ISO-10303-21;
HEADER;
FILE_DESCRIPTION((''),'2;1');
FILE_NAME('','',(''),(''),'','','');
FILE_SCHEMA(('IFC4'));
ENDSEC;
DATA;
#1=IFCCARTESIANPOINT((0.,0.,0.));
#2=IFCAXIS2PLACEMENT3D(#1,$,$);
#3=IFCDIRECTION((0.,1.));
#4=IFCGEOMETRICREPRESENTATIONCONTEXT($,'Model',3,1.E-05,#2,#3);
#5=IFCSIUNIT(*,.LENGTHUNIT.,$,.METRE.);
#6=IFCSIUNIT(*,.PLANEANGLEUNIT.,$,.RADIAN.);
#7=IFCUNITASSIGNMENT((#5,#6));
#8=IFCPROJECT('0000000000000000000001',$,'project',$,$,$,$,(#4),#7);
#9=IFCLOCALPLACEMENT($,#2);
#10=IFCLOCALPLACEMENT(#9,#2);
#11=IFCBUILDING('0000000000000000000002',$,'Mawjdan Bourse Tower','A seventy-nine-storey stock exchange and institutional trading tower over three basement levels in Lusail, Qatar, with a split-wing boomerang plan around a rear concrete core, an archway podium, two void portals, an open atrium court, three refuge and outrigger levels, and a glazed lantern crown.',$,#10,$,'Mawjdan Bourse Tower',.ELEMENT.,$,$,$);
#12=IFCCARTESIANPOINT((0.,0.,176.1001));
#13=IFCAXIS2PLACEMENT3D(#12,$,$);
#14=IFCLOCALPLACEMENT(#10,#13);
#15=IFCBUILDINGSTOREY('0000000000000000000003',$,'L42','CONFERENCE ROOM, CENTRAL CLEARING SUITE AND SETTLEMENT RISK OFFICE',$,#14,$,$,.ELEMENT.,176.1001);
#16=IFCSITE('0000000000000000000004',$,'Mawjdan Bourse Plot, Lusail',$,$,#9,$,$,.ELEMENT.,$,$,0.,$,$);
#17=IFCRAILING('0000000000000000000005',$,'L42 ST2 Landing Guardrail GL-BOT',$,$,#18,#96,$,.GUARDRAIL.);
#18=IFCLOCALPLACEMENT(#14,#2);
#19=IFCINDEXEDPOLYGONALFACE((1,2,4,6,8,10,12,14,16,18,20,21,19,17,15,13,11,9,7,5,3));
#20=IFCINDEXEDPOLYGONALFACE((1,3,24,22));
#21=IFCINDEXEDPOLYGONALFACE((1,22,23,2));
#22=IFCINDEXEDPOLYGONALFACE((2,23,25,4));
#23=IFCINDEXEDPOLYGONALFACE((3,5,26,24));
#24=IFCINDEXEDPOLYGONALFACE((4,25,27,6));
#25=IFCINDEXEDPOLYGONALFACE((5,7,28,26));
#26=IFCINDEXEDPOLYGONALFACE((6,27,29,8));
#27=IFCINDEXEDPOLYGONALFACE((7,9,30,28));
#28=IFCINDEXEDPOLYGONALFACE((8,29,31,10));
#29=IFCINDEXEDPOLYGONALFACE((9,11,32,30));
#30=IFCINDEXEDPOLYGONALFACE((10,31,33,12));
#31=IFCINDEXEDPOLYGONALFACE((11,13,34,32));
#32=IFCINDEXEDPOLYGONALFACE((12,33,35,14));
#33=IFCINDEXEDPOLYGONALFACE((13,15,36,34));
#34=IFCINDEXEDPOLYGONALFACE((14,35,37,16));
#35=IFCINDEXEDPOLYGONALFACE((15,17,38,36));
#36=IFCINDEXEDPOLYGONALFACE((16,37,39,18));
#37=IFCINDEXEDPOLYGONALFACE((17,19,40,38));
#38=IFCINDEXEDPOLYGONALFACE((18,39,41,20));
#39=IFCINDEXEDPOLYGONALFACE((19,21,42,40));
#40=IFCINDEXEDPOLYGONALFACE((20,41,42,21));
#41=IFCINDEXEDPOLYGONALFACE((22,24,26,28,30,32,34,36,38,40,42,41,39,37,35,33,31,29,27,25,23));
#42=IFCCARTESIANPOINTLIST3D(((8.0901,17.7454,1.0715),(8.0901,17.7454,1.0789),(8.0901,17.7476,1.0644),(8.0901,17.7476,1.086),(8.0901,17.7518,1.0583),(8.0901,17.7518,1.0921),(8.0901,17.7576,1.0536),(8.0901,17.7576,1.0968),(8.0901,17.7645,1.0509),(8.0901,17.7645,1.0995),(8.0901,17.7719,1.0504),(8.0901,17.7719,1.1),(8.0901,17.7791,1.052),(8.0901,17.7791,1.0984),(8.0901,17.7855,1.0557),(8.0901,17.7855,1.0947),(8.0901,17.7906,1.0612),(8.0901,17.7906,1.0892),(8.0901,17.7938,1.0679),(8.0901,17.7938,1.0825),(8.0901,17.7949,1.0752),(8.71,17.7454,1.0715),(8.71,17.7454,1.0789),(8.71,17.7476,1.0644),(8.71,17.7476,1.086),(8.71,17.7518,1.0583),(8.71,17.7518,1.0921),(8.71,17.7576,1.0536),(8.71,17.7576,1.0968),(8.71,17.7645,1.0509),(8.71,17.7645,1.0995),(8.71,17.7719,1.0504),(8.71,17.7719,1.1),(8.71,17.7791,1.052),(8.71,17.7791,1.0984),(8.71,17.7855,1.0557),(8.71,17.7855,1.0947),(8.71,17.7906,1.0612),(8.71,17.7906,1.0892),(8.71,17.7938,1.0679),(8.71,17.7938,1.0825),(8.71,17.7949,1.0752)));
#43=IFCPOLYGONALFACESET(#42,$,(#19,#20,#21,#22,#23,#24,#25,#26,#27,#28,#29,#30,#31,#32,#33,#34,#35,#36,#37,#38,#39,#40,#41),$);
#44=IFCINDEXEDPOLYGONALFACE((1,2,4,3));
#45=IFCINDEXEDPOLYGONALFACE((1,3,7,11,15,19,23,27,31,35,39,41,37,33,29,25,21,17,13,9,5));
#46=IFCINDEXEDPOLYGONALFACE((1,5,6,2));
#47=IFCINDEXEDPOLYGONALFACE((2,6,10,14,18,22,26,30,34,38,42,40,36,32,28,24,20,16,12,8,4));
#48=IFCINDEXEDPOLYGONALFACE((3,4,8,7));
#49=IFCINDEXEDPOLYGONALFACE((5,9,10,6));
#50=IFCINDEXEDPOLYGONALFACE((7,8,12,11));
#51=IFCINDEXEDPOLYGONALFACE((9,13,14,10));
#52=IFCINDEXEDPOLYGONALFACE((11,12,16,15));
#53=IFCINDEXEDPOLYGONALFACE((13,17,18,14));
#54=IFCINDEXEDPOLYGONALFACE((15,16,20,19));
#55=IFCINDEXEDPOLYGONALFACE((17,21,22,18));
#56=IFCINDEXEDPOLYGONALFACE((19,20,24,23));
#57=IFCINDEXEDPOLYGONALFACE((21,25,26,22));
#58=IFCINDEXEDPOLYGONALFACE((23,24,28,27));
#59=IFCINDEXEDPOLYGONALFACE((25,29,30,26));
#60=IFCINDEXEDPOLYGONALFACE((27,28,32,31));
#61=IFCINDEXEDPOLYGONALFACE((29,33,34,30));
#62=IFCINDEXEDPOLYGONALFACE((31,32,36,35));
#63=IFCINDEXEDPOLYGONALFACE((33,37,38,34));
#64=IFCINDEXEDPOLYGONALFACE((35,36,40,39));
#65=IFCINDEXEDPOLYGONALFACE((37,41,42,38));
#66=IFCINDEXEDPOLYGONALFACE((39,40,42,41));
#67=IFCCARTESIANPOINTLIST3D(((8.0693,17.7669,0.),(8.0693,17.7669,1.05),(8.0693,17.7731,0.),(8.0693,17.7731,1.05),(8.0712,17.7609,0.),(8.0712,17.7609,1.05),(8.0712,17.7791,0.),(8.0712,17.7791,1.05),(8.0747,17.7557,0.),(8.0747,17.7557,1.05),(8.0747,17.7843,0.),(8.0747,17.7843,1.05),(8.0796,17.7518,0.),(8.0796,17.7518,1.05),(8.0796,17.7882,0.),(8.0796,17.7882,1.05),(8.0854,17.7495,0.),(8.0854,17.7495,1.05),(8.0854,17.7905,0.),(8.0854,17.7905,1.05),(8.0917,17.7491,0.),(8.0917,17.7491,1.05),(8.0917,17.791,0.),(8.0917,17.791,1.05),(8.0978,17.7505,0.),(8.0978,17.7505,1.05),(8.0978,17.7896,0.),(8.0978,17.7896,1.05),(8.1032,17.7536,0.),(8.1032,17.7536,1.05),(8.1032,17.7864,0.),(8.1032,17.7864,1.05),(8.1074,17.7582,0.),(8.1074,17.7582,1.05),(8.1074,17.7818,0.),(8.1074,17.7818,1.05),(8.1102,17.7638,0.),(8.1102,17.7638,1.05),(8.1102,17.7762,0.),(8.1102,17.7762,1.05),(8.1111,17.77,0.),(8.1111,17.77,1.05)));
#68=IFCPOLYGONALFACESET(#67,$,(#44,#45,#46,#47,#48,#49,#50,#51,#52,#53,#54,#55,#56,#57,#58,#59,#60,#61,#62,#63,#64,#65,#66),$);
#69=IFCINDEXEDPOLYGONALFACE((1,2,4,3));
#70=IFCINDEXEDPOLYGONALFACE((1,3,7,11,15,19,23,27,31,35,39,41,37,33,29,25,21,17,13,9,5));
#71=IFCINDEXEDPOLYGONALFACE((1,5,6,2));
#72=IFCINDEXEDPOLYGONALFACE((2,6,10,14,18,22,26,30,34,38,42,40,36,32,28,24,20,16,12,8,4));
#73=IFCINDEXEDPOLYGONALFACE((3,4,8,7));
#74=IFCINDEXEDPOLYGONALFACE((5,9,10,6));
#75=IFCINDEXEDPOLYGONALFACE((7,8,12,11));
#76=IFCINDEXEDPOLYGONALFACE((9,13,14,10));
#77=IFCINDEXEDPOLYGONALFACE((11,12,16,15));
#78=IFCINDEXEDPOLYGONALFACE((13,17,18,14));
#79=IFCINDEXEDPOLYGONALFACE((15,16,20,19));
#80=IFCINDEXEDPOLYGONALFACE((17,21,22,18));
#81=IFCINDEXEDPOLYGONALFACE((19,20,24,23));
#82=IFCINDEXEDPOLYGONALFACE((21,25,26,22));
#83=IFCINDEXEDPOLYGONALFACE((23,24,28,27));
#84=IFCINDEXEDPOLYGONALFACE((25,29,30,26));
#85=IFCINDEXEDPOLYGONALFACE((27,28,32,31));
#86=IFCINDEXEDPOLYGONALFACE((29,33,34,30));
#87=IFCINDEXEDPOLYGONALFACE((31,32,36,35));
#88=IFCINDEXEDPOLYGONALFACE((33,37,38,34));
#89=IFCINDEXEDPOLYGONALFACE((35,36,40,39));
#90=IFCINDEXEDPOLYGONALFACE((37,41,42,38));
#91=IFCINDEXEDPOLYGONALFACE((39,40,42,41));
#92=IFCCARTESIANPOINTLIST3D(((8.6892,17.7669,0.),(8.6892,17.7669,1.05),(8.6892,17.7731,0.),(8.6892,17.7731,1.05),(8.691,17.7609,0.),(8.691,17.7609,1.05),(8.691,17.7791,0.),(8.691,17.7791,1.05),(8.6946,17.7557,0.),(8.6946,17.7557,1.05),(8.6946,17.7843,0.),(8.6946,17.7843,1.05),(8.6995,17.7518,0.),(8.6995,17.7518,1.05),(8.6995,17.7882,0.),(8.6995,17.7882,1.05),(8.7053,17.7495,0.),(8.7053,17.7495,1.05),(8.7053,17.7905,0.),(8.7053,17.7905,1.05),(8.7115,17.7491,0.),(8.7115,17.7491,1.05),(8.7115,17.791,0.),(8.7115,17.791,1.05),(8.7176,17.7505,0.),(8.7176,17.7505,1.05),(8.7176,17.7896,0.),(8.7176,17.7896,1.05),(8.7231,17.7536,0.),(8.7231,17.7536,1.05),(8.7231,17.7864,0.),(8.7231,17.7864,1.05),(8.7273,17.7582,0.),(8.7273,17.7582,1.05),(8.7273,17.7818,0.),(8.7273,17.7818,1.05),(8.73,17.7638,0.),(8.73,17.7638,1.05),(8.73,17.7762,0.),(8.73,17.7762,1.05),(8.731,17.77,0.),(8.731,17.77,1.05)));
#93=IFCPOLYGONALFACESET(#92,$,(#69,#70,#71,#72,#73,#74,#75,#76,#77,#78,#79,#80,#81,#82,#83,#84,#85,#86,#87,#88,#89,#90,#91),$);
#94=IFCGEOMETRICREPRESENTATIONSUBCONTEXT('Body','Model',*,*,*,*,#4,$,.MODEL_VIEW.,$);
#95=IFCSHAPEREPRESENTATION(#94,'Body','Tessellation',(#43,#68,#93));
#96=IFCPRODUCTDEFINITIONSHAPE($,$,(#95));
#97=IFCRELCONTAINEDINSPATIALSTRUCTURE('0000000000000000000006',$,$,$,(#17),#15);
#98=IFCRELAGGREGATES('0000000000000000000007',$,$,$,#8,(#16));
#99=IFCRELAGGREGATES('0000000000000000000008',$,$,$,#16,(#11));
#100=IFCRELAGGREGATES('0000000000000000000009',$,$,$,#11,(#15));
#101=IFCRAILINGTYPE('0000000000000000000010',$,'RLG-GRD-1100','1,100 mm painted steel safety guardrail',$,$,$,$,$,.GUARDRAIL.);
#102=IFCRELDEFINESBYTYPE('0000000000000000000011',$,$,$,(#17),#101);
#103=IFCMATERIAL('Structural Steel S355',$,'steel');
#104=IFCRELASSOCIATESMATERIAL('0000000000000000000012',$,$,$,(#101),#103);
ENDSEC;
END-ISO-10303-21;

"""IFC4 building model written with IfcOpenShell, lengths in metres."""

from ifc_helpers import new_model, si_unit, direction, frame, origin, origin_2d, place, context, subcontext, project, spatial, circle, extrude, material, type_object, element, save


model = new_model("IFC4")

# Units and contexts
model_context = context("Model", 3, precision=1e-05, world=origin(), true_north=direction((0.0, 1.0)))
body_context = subcontext(model_context, "Body", "Model", "MODEL_VIEW")
ifc_project = project(units=[si_unit("LENGTHUNIT", "METRE"), si_unit("PLANEANGLEUNIT", "RADIAN")], contexts=[model_context])

# Site, building, storey
site_placement = place(None, origin())
site = spatial("IfcSite", under=ifc_project, at=site_placement, Name="Mawjdan Bourse Plot, Lusail", CompositionType="ELEMENT", RefElevation=0.0)
building_placement = place(site_placement, origin())
building = spatial("IfcBuilding", under=site, at=building_placement, Name="Mawjdan Bourse Tower", Description="A seventy-nine-storey stock exchange and institutional trading tower over three basement levels in Lusail, Qatar, with a split-wing boomerang plan around a rear concrete core, an archway podium, two void portals, an open atrium court, three refuge and outrigger levels, and a glazed lantern crown.", LongName="Mawjdan Bourse Tower", CompositionType="ELEMENT")
storey_placement = place(building_placement, frame((0.0, 0.0, 176.1001)))
storey = spatial("IfcBuildingStorey", under=building, at=storey_placement, Name="L42", Description="CONFERENCE ROOM, CENTRAL CLEARING SUITE AND SETTLEMENT RISK OFFICE", CompositionType="ELEMENT", Elevation=176.1001)

# Shared definitions
ifc_material_1 = material(Name="Structural Steel S355", Category="steel")

# Railing
railing_type_1 = type_object("IfcRailingType", Name="RLG-GRD-1100", Description="1,100 mm painted steel safety guardrail", PredefinedType="GUARDRAIL", material=ifc_material_1)
for number, where, name in (
    (1, (8.0901, 17.77, 0.0), "L42 ST2 Landing Guardrail GL-BOT"),
):
    element("IfcRailing", number, at=place(storey_placement, frame(where)), inside=storey, type_object=railing_type_1, Name=name, PredefinedType="GUARDRAIL", context=body_context, shape_type="SweptSolid", body=[
        extrude(circle(Radius=0.0249, at=origin_2d()), frame((0.0, 0.0, 1.0752), z_axis=(1.0, 0.0, 0.0), x_axis=(0.0, 1.0, 0.0)), (0.0, 0.0, 1.0), 0.6199),
        extrude(circle(Radius=0.021, at=origin_2d()), origin(), (0.0, 0.0, 1.0), 1.05),
        extrude(circle(Radius=0.021, at=origin_2d()), frame((0.6199, 0.0, 0.0)), (0.0, 0.0, 1.0), 1.05),
    ])

save(model, "model.ifc")
